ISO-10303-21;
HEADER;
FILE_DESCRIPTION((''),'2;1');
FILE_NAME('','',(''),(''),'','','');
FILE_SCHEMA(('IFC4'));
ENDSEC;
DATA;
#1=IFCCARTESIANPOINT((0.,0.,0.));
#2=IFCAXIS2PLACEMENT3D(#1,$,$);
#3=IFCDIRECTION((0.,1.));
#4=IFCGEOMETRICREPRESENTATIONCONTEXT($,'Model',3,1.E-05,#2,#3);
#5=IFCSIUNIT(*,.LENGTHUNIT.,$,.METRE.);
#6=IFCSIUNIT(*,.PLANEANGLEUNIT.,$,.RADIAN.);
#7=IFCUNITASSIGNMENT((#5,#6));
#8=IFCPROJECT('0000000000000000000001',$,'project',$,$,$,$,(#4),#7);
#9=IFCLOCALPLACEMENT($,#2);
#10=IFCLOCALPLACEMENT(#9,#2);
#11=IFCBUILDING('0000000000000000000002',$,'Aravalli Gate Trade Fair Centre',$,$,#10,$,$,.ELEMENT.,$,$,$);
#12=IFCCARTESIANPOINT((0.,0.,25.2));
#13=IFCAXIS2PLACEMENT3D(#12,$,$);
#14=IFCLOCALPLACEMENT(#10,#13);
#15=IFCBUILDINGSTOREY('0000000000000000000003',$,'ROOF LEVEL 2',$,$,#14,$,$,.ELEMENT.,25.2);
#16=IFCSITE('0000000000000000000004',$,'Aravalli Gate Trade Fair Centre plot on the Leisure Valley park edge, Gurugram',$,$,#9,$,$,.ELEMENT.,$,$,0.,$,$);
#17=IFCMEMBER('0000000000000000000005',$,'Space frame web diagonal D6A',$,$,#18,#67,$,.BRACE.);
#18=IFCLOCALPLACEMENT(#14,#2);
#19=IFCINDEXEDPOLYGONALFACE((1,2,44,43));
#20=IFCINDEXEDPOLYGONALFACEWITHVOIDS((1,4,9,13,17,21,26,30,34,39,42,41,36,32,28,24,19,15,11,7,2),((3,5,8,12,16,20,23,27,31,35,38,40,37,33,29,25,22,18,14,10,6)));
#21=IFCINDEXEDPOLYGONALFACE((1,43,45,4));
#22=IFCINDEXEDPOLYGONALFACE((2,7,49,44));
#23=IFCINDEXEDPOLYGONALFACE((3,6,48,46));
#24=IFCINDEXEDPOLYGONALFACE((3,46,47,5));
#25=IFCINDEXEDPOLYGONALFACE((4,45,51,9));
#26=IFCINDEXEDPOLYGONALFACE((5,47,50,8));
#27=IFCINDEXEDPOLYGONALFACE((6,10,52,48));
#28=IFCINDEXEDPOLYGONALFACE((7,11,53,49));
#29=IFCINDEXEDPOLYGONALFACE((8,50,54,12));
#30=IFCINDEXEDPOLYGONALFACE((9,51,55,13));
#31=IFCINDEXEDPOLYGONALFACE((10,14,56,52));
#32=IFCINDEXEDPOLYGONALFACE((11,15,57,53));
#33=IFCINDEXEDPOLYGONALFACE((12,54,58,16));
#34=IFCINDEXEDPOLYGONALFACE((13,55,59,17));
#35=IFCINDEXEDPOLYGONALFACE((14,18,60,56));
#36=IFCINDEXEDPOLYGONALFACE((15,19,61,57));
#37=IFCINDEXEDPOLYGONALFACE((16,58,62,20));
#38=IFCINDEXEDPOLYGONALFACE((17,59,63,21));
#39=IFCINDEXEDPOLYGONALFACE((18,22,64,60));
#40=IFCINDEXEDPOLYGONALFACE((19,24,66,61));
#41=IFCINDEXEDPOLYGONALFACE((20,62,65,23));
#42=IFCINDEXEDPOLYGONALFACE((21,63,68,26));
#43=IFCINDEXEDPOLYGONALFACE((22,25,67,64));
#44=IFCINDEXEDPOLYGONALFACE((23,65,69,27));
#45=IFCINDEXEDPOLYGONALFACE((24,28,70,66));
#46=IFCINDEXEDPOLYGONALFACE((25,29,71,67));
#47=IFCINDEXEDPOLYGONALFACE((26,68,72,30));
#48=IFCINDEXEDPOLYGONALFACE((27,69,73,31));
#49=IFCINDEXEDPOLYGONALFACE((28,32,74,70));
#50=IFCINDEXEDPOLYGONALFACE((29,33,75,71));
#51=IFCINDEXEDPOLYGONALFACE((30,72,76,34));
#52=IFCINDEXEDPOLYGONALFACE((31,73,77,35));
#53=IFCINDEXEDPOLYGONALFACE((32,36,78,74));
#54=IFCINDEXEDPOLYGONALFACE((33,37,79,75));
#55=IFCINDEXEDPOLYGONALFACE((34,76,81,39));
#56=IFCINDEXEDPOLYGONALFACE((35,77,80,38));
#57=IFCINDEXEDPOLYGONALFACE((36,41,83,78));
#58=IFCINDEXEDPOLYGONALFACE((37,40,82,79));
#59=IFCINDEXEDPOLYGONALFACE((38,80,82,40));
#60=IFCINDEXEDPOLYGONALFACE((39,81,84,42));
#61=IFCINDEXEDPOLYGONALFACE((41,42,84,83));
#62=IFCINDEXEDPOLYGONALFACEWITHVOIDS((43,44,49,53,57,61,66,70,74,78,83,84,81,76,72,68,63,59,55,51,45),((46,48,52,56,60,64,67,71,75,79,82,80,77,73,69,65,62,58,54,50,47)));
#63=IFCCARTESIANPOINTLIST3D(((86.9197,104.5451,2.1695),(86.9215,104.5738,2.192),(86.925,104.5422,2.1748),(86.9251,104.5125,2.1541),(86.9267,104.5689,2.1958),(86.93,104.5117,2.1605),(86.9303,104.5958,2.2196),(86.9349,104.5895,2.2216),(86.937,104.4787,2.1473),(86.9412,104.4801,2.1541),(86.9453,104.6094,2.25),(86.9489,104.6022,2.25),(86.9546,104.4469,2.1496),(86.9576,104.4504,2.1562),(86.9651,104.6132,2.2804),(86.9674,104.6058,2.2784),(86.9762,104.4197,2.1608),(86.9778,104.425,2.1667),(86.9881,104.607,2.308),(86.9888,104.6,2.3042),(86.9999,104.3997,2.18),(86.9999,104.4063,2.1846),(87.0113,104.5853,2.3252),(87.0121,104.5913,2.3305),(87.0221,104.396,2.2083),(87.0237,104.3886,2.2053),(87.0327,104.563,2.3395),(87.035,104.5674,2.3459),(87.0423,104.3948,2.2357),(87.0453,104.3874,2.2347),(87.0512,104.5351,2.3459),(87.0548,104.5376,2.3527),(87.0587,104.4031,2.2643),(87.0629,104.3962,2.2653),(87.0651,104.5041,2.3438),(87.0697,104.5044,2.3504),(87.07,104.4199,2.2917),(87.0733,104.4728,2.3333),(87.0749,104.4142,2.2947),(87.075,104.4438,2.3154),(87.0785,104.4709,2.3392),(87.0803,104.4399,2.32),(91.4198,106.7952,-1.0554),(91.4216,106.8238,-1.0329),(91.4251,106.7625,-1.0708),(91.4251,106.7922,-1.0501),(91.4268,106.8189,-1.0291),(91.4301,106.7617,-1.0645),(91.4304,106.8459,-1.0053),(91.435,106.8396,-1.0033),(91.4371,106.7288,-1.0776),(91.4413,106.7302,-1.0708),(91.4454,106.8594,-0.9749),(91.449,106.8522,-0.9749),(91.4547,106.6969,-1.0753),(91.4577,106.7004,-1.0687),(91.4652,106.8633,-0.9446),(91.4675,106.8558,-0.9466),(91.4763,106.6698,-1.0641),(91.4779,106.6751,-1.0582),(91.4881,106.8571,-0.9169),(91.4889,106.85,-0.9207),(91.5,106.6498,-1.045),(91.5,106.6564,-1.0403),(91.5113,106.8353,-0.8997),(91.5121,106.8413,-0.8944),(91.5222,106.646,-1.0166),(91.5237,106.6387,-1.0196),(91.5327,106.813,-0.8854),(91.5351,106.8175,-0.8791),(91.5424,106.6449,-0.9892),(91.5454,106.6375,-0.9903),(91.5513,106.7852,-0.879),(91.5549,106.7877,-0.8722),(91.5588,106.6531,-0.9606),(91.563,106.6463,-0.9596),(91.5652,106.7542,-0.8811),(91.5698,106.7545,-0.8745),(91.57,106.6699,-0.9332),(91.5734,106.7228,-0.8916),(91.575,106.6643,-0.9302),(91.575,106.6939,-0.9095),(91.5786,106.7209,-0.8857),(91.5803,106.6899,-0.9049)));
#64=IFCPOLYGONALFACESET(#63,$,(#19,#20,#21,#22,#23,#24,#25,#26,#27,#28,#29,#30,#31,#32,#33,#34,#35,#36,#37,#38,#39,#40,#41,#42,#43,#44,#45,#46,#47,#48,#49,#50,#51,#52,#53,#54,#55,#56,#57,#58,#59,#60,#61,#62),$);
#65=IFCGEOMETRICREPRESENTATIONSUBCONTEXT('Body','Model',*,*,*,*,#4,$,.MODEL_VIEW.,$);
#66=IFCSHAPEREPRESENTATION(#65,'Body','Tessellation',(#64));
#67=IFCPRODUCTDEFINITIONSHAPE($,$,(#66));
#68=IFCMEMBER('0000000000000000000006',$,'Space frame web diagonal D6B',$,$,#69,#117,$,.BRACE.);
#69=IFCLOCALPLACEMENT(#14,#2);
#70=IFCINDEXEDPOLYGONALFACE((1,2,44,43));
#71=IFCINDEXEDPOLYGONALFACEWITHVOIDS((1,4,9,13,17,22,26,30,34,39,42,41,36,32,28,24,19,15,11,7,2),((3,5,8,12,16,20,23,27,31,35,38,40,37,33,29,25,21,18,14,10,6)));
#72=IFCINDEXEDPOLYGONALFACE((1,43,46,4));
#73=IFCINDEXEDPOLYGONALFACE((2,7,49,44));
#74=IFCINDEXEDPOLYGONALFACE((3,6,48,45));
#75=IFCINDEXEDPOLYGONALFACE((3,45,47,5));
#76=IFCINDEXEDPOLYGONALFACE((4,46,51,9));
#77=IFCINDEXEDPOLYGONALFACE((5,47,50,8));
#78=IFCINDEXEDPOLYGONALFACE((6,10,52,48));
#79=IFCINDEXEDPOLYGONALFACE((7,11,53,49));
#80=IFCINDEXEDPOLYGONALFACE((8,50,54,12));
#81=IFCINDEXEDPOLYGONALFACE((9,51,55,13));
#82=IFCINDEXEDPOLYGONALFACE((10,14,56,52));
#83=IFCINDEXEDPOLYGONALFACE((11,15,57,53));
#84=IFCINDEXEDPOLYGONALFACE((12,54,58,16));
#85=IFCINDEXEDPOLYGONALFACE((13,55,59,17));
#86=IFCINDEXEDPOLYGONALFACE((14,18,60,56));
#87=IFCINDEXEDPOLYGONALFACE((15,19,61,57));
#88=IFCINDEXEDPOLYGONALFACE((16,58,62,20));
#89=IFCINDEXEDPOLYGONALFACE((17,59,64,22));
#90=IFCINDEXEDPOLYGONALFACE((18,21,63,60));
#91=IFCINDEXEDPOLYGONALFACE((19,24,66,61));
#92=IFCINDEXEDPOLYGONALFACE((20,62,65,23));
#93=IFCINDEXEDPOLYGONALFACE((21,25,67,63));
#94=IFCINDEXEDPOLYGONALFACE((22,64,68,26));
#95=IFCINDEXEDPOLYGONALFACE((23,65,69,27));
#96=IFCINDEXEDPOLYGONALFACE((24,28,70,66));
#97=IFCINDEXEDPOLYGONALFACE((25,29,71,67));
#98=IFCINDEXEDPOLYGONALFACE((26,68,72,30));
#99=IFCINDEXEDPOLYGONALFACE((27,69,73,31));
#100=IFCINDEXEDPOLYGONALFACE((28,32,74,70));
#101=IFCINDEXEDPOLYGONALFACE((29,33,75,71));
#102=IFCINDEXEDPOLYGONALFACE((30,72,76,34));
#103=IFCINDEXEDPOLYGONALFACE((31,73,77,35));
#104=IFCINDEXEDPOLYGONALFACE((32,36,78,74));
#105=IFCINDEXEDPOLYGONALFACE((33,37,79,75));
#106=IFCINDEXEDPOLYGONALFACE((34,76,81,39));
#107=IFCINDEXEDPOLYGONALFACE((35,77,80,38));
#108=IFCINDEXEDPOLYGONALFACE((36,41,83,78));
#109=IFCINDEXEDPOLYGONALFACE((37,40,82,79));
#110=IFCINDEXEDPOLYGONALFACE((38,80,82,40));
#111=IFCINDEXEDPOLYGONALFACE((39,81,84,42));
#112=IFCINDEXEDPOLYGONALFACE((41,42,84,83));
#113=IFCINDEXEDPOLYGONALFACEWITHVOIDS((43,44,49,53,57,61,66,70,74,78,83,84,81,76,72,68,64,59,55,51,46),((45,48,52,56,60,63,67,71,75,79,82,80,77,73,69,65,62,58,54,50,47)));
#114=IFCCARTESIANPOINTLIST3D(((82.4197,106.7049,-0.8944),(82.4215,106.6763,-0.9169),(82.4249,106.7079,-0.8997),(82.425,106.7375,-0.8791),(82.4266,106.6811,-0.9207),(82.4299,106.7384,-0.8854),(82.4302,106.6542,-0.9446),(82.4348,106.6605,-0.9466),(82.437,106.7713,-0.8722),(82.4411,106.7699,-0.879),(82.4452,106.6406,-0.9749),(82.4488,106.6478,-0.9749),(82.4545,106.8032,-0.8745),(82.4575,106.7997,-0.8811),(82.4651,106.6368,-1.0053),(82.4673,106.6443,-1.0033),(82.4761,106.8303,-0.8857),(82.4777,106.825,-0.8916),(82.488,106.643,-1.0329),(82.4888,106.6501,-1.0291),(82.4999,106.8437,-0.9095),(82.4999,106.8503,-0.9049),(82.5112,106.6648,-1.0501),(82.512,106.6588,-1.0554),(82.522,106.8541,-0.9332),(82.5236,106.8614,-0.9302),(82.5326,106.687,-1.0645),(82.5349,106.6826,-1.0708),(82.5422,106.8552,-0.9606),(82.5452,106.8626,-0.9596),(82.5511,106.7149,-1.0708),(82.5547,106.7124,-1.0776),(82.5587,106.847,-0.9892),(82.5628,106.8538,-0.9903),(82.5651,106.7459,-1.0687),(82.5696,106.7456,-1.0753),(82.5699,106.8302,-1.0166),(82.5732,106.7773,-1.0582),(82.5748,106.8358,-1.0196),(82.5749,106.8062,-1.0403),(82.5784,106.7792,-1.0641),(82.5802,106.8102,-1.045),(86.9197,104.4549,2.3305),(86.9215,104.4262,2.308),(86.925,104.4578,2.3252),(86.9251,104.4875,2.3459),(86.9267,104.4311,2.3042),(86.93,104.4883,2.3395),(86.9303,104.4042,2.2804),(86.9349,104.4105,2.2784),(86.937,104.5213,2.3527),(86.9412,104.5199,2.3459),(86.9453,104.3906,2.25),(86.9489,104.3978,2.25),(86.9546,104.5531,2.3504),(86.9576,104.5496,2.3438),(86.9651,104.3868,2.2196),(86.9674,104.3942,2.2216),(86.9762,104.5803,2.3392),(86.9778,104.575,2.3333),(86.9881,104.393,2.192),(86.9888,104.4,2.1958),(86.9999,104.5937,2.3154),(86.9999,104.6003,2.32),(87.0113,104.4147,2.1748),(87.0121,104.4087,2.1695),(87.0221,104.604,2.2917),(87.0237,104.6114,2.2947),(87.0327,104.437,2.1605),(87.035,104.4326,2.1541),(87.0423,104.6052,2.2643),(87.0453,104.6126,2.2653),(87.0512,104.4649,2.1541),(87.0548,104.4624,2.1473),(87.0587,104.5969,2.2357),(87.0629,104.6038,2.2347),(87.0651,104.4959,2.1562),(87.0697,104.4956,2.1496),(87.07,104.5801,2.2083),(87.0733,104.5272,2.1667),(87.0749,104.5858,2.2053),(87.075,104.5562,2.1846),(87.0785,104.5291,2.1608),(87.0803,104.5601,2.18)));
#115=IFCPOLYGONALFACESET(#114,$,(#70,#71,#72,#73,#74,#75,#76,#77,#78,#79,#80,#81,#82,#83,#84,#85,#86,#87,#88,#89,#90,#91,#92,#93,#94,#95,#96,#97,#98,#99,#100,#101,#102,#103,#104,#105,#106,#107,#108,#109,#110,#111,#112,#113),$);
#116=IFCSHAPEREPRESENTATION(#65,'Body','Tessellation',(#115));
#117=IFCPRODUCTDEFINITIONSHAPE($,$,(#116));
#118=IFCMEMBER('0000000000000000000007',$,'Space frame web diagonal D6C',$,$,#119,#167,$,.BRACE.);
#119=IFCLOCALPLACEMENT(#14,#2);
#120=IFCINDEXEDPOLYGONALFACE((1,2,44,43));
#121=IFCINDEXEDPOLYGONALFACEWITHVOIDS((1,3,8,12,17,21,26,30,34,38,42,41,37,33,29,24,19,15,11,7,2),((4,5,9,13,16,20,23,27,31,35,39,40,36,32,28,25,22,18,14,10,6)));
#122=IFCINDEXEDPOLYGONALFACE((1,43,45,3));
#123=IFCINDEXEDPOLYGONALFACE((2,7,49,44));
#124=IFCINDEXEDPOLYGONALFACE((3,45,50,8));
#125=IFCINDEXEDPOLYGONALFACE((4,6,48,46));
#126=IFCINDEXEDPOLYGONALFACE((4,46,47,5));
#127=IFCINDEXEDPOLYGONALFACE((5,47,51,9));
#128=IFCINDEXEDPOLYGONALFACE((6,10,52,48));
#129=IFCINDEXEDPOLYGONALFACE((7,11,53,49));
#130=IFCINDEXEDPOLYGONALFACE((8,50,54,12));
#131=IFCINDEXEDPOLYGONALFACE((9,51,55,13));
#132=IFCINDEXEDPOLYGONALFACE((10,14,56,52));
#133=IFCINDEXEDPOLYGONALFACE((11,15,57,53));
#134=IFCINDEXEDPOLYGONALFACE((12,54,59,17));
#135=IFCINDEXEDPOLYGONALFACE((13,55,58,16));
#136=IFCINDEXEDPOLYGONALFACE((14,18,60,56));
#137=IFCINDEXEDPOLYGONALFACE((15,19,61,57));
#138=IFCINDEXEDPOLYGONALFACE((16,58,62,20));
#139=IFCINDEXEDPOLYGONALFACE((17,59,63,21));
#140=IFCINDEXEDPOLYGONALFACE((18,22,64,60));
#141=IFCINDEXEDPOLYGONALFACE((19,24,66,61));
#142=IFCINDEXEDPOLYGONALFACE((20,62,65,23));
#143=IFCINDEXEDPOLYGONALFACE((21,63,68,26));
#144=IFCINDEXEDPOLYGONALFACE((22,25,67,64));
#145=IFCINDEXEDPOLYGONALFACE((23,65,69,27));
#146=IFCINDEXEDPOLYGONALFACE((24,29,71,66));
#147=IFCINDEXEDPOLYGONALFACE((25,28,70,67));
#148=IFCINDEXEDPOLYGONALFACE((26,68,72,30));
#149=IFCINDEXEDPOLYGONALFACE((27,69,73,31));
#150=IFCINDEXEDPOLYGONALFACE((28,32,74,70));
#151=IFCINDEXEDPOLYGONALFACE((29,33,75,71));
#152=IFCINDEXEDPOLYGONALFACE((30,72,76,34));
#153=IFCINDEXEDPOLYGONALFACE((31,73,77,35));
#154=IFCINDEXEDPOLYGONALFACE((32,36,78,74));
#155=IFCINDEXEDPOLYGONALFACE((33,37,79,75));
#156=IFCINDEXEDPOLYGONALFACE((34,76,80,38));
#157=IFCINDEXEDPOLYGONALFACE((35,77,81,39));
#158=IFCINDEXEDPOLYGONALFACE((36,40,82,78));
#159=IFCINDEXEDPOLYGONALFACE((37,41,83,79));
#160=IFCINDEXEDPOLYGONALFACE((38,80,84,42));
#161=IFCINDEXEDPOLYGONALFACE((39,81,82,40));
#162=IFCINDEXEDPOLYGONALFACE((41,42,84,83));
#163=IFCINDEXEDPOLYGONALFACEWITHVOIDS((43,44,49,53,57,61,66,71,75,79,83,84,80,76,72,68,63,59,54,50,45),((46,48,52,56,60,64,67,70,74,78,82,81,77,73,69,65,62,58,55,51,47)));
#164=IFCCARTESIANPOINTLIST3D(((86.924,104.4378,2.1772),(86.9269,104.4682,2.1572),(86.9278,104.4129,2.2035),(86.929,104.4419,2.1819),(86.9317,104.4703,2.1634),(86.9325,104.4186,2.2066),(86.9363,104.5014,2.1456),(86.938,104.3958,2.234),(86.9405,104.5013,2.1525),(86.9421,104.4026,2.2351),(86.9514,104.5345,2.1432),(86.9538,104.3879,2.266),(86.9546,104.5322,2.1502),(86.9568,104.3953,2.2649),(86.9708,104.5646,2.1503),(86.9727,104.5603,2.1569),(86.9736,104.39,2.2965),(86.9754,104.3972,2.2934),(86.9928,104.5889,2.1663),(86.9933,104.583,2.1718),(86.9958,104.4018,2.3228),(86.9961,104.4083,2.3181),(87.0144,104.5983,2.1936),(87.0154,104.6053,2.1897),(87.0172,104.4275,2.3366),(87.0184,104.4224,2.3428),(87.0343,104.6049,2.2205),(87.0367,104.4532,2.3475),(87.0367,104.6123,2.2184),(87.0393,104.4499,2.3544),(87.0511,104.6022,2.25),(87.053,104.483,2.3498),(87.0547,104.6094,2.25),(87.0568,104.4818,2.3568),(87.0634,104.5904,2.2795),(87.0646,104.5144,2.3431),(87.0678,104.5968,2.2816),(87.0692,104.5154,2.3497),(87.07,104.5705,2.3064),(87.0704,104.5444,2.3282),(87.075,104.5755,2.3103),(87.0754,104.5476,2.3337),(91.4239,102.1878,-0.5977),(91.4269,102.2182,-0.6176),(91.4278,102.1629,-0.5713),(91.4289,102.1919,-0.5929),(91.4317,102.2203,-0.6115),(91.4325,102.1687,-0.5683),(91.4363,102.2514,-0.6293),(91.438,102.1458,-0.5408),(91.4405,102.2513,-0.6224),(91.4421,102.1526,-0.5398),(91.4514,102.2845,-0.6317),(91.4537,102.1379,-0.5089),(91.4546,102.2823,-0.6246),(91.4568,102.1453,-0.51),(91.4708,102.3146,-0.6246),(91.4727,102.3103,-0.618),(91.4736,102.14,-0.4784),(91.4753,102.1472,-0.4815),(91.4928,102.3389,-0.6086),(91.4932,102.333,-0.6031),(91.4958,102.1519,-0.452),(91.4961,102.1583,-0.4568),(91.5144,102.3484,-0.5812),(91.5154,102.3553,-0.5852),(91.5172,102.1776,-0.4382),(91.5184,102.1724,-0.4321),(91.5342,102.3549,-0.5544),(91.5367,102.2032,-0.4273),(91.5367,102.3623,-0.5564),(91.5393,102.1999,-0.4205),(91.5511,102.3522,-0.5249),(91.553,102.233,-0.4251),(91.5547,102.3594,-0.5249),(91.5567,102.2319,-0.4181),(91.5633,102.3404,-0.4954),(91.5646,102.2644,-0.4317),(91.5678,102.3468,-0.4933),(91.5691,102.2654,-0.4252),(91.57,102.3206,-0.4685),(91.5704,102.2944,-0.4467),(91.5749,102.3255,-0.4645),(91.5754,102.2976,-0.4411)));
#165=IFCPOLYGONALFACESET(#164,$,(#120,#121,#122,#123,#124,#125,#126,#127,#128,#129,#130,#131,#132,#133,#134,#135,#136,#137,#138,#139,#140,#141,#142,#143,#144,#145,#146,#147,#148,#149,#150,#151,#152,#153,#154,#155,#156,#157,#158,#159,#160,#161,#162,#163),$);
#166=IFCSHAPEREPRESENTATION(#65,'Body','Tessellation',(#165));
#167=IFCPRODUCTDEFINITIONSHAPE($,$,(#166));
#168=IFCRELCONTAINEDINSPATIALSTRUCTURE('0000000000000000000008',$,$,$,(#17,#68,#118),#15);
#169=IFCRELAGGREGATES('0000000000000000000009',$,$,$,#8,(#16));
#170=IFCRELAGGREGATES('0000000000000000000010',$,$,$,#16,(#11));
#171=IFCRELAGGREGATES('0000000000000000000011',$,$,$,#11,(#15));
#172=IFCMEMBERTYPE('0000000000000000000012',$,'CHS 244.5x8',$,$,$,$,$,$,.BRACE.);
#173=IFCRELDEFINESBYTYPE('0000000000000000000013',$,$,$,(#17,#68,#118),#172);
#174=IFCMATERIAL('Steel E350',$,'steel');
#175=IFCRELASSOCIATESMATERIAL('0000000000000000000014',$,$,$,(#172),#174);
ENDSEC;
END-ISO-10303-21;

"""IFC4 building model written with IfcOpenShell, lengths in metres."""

from ifc_helpers import new_model, si_unit, direction, frame, origin, origin_2d, place, context, subcontext, project, spatial, hollow_circle, extrude, material, material_profile, profile_set, type_object, element, save


model = new_model("IFC4")

# Units and contexts
model_context = context("Model", 3, precision=1e-05, world=origin(), true_north=direction((0.0, 1.0)))
body_context = subcontext(model_context, "Body", "Model", "MODEL_VIEW")
ifc_project = project(units=[si_unit("LENGTHUNIT", "METRE"), si_unit("PLANEANGLEUNIT", "RADIAN")], contexts=[model_context])

# Site, building, storey
site_placement = place(None, origin())
site = spatial("IfcSite", under=ifc_project, at=site_placement, Name="Aravalli Gate Trade Fair Centre plot on the Leisure Valley park edge, Gurugram", CompositionType="ELEMENT", RefElevation=0.0)
building_placement = place(site_placement, origin())
building = spatial("IfcBuilding", under=site, at=building_placement, Name="Aravalli Gate Trade Fair Centre", CompositionType="ELEMENT")
storey_placement = place(building_placement, frame((0.0, 0.0, 25.2)))
storey = spatial("IfcBuildingStorey", under=building, at=storey_placement, Name="ROOF LEVEL 2", CompositionType="ELEMENT", Elevation=25.2)

# Members
ifc_material_1 = material(Name="Steel E350", Category="steel")
ifc_material_profile_1 = material_profile(ifc_material_1, hollow_circle(Radius=0.1223, WallThickness=0.0081, at=origin_2d()), Name="CHS 244.5x8")
ifc_profile_set_1 = profile_set([ifc_material_profile_1], Name="Steel E350")
member_type_1 = type_object("IfcMemberType", Name="CHS 244.5x8", PredefinedType="BRACE", material=ifc_profile_set_1)
for number, where, z_axis, x_axis, name in (
    (1, (87.0, 104.5, 2.25), (0.753016, 0.376508, -0.539637), (-0.447214, 0.894427, 0.0), "Space frame web diagonal D6A"),
    (2, (87.0, 104.5, 2.25), (-0.753016, 0.376508, -0.539637), (-0.447214, -0.894427, 0.0), "Space frame web diagonal D6B"),
):
    element("IfcMember", number, at=place(storey_placement, frame(where, z_axis=z_axis, x_axis=x_axis)), inside=storey, type_object=member_type_1, Name=name, PredefinedType="BRACE", context=body_context, shape_type="SweptSolid", body=[
        extrude(hollow_circle(Radius=0.1223, WallThickness=0.0081, at=origin_2d()), origin(), (0.0, 0.0, 1.0), 5.9761),
    ])
for number, where, z_axis, x_axis, name in (
    (3, (87.0, 104.5, 2.25), (0.7832, -0.3916, -0.482956), (0.447214, 0.894427, 0.0), "Space frame web diagonal D6C"),
):
    element("IfcMember", number, at=place(storey_placement, frame(where, z_axis=z_axis, x_axis=x_axis)), inside=storey, type_object=member_type_1, Name=name, PredefinedType="BRACE", context=body_context, shape_type="SweptSolid", body=[
        extrude(hollow_circle(Radius=0.1223, WallThickness=0.0081, at=origin_2d()), origin(), (0.0, 0.0, 1.0), 5.7456),
    ])

save(model, "model.ifc")
